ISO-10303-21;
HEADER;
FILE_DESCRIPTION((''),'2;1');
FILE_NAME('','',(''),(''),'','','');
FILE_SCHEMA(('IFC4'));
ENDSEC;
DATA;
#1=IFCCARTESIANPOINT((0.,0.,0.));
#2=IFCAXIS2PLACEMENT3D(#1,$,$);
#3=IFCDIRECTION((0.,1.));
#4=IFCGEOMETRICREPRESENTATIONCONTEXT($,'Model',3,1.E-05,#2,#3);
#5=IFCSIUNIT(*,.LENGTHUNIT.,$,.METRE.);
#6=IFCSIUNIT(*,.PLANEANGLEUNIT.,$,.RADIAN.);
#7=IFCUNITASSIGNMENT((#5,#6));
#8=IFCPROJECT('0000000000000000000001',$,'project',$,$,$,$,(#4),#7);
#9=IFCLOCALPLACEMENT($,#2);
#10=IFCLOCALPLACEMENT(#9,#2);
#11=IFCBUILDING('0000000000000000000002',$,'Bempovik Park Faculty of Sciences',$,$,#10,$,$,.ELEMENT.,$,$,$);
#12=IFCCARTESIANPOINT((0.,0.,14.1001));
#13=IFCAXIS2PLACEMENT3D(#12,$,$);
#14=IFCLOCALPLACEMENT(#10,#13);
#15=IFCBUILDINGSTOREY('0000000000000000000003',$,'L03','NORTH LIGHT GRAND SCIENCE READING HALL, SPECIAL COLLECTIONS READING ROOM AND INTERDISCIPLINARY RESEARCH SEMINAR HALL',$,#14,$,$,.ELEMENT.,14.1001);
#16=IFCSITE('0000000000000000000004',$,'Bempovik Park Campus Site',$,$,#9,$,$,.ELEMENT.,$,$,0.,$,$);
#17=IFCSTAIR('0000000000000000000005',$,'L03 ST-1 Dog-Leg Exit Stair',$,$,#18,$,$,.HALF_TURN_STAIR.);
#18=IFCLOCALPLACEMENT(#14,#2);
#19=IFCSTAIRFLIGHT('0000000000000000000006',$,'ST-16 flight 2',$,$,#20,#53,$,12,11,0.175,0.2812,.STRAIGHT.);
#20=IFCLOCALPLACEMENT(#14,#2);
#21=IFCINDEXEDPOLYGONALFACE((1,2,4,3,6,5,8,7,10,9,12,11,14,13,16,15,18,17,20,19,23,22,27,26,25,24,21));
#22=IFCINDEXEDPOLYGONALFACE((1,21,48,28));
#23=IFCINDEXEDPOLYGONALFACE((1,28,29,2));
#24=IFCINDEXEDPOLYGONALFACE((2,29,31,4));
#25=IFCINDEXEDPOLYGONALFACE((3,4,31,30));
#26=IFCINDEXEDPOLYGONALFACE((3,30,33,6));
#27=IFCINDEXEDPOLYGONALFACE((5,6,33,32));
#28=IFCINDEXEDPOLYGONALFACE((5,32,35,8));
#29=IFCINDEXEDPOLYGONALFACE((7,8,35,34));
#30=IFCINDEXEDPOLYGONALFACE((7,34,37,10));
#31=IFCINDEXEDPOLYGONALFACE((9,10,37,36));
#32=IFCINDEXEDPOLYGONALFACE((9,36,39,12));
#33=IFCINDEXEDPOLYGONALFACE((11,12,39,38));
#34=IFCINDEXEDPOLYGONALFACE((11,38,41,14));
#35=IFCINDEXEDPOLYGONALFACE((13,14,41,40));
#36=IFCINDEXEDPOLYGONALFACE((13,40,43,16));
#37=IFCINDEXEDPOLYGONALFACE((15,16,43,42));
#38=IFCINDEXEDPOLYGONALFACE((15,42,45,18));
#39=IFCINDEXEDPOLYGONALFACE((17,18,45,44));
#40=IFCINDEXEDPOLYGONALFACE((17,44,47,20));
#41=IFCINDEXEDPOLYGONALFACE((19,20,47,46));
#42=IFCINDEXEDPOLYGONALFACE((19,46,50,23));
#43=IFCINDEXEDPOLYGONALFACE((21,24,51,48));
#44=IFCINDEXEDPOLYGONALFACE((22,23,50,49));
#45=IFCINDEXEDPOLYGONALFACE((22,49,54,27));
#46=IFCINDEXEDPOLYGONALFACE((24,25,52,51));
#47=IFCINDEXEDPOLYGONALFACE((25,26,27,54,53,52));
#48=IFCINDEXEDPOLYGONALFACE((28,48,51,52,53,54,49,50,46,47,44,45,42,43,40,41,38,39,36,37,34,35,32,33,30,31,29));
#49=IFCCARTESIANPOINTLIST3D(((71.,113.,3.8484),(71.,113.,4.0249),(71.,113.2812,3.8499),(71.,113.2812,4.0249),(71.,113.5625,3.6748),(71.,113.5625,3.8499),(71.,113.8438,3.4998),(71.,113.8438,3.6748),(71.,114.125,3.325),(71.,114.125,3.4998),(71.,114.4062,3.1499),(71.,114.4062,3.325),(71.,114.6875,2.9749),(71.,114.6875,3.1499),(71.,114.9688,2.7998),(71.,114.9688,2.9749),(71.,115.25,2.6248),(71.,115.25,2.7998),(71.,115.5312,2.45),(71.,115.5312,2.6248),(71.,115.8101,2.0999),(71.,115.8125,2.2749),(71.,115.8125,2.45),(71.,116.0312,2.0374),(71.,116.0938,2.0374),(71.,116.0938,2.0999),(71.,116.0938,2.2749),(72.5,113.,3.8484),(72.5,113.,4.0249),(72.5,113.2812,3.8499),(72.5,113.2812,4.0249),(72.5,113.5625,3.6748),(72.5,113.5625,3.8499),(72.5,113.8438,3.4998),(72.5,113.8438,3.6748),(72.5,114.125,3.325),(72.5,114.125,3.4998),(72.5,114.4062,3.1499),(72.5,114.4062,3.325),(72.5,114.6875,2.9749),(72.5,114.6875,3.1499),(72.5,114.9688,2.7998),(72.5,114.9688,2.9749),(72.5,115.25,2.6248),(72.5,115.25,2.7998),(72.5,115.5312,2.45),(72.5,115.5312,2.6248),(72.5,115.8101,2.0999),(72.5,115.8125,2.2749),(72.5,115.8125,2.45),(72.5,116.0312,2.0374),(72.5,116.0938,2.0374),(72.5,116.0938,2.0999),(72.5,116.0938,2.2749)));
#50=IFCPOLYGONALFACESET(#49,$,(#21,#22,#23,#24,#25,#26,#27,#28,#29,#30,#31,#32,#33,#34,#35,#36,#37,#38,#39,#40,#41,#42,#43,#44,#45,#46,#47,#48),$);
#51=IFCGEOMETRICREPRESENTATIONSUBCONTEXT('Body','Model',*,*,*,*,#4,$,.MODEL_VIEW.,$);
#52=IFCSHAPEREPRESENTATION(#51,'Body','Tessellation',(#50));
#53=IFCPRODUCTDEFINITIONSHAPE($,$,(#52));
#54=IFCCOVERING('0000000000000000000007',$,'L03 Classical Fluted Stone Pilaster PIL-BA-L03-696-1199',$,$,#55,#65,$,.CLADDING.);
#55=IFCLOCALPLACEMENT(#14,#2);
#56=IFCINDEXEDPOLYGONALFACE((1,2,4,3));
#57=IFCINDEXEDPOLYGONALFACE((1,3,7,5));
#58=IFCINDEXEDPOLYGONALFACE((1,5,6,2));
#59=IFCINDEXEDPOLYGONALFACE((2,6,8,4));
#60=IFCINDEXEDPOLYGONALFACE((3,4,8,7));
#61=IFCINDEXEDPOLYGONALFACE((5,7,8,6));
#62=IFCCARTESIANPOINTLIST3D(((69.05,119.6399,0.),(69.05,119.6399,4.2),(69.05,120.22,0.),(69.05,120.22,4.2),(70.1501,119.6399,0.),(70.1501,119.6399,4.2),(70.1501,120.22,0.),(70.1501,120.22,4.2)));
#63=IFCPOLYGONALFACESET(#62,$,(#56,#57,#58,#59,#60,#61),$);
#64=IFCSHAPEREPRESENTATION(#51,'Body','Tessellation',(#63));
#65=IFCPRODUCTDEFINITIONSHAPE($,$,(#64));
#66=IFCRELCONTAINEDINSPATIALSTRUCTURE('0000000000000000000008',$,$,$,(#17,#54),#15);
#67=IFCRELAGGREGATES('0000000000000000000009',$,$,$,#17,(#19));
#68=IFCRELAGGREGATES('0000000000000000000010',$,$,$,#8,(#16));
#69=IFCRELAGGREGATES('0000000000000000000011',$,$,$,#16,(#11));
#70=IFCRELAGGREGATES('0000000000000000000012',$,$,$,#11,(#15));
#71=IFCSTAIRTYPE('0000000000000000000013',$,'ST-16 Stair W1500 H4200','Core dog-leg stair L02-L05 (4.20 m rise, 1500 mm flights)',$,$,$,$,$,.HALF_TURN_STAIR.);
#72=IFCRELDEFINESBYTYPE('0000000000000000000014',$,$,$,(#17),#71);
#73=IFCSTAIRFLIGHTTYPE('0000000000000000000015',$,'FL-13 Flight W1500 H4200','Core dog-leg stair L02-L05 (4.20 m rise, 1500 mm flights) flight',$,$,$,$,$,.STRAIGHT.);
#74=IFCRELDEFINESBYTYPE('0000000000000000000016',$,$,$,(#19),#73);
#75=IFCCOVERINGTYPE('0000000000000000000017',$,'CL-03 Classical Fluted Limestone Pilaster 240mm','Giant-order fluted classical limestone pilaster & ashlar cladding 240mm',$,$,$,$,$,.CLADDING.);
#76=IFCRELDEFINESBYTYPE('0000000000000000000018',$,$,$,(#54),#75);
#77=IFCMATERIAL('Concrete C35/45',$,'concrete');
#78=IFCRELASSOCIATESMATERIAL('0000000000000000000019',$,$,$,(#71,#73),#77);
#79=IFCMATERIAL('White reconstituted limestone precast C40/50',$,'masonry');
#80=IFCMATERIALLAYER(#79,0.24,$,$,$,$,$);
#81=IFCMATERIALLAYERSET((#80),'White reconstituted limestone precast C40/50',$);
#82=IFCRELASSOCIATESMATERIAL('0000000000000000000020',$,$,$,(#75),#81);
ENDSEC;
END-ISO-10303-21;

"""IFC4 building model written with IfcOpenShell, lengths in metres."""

from ifc_helpers import new_model, si_unit, direction, frame, origin, origin_2d, place, context, subcontext, project, spatial, polyline, rectangle, outline, extrude, material, layer, layer_set, type_object, element, aggregate, save


model = new_model("IFC4")

# Units and contexts
model_context = context("Model", 3, precision=1e-05, world=origin(), true_north=direction((0.0, 1.0)))
body_context = subcontext(model_context, "Body", "Model", "MODEL_VIEW")
ifc_project = project(units=[si_unit("LENGTHUNIT", "METRE"), si_unit("PLANEANGLEUNIT", "RADIAN")], contexts=[model_context])

# Site, building, storey
site_placement = place(None, origin())
site = spatial("IfcSite", under=ifc_project, at=site_placement, Name="Bempovik Park Campus Site", CompositionType="ELEMENT", RefElevation=0.0)
building_placement = place(site_placement, origin())
building = spatial("IfcBuilding", under=site, at=building_placement, Name="Bempovik Park Faculty of Sciences", CompositionType="ELEMENT")
storey_placement = place(building_placement, frame((0.0, 0.0, 14.1001)))
storey = spatial("IfcBuildingStorey", under=building, at=storey_placement, Name="L03", Description="NORTH LIGHT GRAND SCIENCE READING HALL, SPECIAL COLLECTIONS READING ROOM AND INTERDISCIPLINARY RESEARCH SEMINAR HALL", CompositionType="ELEMENT", Elevation=14.1001)

# Shared definitions
ifc_material_1 = material(Name="Concrete C35/45", Category="concrete")

# Stair, stair flight
stair_type = type_object("IfcStairType", Name="ST-16 Stair W1500 H4200", Description="Core dog-leg stair L02-L05 (4.20 m rise, 1500 mm flights)", PredefinedType="HALF_TURN_STAIR", material=ifc_material_1)
stair_placement = place(storey_placement, origin())
stair = element("IfcStair", 1, at=stair_placement, inside=storey, type_object=stair_type, Name="L03 ST-1 Dog-Leg Exit Stair", PredefinedType="HALF_TURN_STAIR")
stair_flight_type = type_object("IfcStairFlightType", Name="FL-13 Flight W1500 H4200", Description="Core dog-leg stair L02-L05 (4.20 m rise, 1500 mm flights) flight", PredefinedType="STRAIGHT", material=ifc_material_1)
stair_flight_1_placement = place(storey_placement, frame((71.75, 116.0938, 2.0999), z_axis=(0.0, 0.0, 1.0), x_axis=(0.0, -1.0, 0.0)))
stair_flight_1 = element("IfcStairFlight", 2, at=stair_flight_1_placement, type_object=stair_flight_type, Name="ST-16 flight 2", NumberOfRisers=12, NumberOfTreads=11, PredefinedType="STRAIGHT", RiserHeight=0.175, TreadLength=0.2812, context=body_context, shape_type="SweptSolid", body=[
    extrude(outline(polyline([(0.0, 0.0), (0.0, 0.175), (0.2812, 0.175), (0.2812, 0.3501), (0.5625, 0.3501), (0.5625, 0.5249), (0.8438, 0.5249), (0.8438, 0.7), (1.125, 0.7), (1.125, 0.875), (1.4062, 0.875), (1.4062, 1.05), (1.6875, 1.05), (1.6875, 1.2251), (1.9688, 1.2251), (1.9688, 1.3999), (2.25, 1.3999), (2.25, 1.575), (2.5312, 1.575), (2.5312, 1.75), (2.8125, 1.75), (2.8125, 1.925), (3.0938, 1.925), (3.0938, 2.1001), (3.0938, 1.7485), (0.2837, 0.0), (0.0625, -0.0625), (0.0, -0.0625), (0.0, 0.0)])), frame((0.0, 0.75, 0.0), z_axis=(0.0, -1.0, 0.0), x_axis=(1.0, 0.0, 0.0)), (0.0, 0.0, 1.0), 1.5),
])
aggregate(stair, [stair_flight_1])

# Covering
ifc_material_2 = material(Name="White reconstituted limestone precast C40/50", Category="masonry")
ifc_layer_1 = layer(ifc_material_2, 0.24)
ifc_layer_set_1 = layer_set([ifc_layer_1], Name="White reconstituted limestone precast C40/50")
covering_type = type_object("IfcCoveringType", Name="CL-03 Classical Fluted Limestone Pilaster 240mm", Description="Giant-order fluted classical limestone pilaster & ashlar cladding 240mm", PredefinedType="CLADDING", material=ifc_layer_set_1)
covering_placement = place(storey_placement, frame((69.6001, 119.9299, 0.0), z_axis=(0.0, 0.0, 1.0), x_axis=(1.0, 0.0, 0.0)))
element("IfcCovering", 3, at=covering_placement, inside=storey, type_object=covering_type, Name="L03 Classical Fluted Stone Pilaster PIL-BA-L03-696-1199", PredefinedType="CLADDING", context=body_context, shape_type="SweptSolid", body=[
    extrude(rectangle(XDim=1.1001, YDim=0.5801, at=origin_2d()), origin(), (0.0, 0.0, 1.0), 4.2),
])

save(model, "model.ifc")
